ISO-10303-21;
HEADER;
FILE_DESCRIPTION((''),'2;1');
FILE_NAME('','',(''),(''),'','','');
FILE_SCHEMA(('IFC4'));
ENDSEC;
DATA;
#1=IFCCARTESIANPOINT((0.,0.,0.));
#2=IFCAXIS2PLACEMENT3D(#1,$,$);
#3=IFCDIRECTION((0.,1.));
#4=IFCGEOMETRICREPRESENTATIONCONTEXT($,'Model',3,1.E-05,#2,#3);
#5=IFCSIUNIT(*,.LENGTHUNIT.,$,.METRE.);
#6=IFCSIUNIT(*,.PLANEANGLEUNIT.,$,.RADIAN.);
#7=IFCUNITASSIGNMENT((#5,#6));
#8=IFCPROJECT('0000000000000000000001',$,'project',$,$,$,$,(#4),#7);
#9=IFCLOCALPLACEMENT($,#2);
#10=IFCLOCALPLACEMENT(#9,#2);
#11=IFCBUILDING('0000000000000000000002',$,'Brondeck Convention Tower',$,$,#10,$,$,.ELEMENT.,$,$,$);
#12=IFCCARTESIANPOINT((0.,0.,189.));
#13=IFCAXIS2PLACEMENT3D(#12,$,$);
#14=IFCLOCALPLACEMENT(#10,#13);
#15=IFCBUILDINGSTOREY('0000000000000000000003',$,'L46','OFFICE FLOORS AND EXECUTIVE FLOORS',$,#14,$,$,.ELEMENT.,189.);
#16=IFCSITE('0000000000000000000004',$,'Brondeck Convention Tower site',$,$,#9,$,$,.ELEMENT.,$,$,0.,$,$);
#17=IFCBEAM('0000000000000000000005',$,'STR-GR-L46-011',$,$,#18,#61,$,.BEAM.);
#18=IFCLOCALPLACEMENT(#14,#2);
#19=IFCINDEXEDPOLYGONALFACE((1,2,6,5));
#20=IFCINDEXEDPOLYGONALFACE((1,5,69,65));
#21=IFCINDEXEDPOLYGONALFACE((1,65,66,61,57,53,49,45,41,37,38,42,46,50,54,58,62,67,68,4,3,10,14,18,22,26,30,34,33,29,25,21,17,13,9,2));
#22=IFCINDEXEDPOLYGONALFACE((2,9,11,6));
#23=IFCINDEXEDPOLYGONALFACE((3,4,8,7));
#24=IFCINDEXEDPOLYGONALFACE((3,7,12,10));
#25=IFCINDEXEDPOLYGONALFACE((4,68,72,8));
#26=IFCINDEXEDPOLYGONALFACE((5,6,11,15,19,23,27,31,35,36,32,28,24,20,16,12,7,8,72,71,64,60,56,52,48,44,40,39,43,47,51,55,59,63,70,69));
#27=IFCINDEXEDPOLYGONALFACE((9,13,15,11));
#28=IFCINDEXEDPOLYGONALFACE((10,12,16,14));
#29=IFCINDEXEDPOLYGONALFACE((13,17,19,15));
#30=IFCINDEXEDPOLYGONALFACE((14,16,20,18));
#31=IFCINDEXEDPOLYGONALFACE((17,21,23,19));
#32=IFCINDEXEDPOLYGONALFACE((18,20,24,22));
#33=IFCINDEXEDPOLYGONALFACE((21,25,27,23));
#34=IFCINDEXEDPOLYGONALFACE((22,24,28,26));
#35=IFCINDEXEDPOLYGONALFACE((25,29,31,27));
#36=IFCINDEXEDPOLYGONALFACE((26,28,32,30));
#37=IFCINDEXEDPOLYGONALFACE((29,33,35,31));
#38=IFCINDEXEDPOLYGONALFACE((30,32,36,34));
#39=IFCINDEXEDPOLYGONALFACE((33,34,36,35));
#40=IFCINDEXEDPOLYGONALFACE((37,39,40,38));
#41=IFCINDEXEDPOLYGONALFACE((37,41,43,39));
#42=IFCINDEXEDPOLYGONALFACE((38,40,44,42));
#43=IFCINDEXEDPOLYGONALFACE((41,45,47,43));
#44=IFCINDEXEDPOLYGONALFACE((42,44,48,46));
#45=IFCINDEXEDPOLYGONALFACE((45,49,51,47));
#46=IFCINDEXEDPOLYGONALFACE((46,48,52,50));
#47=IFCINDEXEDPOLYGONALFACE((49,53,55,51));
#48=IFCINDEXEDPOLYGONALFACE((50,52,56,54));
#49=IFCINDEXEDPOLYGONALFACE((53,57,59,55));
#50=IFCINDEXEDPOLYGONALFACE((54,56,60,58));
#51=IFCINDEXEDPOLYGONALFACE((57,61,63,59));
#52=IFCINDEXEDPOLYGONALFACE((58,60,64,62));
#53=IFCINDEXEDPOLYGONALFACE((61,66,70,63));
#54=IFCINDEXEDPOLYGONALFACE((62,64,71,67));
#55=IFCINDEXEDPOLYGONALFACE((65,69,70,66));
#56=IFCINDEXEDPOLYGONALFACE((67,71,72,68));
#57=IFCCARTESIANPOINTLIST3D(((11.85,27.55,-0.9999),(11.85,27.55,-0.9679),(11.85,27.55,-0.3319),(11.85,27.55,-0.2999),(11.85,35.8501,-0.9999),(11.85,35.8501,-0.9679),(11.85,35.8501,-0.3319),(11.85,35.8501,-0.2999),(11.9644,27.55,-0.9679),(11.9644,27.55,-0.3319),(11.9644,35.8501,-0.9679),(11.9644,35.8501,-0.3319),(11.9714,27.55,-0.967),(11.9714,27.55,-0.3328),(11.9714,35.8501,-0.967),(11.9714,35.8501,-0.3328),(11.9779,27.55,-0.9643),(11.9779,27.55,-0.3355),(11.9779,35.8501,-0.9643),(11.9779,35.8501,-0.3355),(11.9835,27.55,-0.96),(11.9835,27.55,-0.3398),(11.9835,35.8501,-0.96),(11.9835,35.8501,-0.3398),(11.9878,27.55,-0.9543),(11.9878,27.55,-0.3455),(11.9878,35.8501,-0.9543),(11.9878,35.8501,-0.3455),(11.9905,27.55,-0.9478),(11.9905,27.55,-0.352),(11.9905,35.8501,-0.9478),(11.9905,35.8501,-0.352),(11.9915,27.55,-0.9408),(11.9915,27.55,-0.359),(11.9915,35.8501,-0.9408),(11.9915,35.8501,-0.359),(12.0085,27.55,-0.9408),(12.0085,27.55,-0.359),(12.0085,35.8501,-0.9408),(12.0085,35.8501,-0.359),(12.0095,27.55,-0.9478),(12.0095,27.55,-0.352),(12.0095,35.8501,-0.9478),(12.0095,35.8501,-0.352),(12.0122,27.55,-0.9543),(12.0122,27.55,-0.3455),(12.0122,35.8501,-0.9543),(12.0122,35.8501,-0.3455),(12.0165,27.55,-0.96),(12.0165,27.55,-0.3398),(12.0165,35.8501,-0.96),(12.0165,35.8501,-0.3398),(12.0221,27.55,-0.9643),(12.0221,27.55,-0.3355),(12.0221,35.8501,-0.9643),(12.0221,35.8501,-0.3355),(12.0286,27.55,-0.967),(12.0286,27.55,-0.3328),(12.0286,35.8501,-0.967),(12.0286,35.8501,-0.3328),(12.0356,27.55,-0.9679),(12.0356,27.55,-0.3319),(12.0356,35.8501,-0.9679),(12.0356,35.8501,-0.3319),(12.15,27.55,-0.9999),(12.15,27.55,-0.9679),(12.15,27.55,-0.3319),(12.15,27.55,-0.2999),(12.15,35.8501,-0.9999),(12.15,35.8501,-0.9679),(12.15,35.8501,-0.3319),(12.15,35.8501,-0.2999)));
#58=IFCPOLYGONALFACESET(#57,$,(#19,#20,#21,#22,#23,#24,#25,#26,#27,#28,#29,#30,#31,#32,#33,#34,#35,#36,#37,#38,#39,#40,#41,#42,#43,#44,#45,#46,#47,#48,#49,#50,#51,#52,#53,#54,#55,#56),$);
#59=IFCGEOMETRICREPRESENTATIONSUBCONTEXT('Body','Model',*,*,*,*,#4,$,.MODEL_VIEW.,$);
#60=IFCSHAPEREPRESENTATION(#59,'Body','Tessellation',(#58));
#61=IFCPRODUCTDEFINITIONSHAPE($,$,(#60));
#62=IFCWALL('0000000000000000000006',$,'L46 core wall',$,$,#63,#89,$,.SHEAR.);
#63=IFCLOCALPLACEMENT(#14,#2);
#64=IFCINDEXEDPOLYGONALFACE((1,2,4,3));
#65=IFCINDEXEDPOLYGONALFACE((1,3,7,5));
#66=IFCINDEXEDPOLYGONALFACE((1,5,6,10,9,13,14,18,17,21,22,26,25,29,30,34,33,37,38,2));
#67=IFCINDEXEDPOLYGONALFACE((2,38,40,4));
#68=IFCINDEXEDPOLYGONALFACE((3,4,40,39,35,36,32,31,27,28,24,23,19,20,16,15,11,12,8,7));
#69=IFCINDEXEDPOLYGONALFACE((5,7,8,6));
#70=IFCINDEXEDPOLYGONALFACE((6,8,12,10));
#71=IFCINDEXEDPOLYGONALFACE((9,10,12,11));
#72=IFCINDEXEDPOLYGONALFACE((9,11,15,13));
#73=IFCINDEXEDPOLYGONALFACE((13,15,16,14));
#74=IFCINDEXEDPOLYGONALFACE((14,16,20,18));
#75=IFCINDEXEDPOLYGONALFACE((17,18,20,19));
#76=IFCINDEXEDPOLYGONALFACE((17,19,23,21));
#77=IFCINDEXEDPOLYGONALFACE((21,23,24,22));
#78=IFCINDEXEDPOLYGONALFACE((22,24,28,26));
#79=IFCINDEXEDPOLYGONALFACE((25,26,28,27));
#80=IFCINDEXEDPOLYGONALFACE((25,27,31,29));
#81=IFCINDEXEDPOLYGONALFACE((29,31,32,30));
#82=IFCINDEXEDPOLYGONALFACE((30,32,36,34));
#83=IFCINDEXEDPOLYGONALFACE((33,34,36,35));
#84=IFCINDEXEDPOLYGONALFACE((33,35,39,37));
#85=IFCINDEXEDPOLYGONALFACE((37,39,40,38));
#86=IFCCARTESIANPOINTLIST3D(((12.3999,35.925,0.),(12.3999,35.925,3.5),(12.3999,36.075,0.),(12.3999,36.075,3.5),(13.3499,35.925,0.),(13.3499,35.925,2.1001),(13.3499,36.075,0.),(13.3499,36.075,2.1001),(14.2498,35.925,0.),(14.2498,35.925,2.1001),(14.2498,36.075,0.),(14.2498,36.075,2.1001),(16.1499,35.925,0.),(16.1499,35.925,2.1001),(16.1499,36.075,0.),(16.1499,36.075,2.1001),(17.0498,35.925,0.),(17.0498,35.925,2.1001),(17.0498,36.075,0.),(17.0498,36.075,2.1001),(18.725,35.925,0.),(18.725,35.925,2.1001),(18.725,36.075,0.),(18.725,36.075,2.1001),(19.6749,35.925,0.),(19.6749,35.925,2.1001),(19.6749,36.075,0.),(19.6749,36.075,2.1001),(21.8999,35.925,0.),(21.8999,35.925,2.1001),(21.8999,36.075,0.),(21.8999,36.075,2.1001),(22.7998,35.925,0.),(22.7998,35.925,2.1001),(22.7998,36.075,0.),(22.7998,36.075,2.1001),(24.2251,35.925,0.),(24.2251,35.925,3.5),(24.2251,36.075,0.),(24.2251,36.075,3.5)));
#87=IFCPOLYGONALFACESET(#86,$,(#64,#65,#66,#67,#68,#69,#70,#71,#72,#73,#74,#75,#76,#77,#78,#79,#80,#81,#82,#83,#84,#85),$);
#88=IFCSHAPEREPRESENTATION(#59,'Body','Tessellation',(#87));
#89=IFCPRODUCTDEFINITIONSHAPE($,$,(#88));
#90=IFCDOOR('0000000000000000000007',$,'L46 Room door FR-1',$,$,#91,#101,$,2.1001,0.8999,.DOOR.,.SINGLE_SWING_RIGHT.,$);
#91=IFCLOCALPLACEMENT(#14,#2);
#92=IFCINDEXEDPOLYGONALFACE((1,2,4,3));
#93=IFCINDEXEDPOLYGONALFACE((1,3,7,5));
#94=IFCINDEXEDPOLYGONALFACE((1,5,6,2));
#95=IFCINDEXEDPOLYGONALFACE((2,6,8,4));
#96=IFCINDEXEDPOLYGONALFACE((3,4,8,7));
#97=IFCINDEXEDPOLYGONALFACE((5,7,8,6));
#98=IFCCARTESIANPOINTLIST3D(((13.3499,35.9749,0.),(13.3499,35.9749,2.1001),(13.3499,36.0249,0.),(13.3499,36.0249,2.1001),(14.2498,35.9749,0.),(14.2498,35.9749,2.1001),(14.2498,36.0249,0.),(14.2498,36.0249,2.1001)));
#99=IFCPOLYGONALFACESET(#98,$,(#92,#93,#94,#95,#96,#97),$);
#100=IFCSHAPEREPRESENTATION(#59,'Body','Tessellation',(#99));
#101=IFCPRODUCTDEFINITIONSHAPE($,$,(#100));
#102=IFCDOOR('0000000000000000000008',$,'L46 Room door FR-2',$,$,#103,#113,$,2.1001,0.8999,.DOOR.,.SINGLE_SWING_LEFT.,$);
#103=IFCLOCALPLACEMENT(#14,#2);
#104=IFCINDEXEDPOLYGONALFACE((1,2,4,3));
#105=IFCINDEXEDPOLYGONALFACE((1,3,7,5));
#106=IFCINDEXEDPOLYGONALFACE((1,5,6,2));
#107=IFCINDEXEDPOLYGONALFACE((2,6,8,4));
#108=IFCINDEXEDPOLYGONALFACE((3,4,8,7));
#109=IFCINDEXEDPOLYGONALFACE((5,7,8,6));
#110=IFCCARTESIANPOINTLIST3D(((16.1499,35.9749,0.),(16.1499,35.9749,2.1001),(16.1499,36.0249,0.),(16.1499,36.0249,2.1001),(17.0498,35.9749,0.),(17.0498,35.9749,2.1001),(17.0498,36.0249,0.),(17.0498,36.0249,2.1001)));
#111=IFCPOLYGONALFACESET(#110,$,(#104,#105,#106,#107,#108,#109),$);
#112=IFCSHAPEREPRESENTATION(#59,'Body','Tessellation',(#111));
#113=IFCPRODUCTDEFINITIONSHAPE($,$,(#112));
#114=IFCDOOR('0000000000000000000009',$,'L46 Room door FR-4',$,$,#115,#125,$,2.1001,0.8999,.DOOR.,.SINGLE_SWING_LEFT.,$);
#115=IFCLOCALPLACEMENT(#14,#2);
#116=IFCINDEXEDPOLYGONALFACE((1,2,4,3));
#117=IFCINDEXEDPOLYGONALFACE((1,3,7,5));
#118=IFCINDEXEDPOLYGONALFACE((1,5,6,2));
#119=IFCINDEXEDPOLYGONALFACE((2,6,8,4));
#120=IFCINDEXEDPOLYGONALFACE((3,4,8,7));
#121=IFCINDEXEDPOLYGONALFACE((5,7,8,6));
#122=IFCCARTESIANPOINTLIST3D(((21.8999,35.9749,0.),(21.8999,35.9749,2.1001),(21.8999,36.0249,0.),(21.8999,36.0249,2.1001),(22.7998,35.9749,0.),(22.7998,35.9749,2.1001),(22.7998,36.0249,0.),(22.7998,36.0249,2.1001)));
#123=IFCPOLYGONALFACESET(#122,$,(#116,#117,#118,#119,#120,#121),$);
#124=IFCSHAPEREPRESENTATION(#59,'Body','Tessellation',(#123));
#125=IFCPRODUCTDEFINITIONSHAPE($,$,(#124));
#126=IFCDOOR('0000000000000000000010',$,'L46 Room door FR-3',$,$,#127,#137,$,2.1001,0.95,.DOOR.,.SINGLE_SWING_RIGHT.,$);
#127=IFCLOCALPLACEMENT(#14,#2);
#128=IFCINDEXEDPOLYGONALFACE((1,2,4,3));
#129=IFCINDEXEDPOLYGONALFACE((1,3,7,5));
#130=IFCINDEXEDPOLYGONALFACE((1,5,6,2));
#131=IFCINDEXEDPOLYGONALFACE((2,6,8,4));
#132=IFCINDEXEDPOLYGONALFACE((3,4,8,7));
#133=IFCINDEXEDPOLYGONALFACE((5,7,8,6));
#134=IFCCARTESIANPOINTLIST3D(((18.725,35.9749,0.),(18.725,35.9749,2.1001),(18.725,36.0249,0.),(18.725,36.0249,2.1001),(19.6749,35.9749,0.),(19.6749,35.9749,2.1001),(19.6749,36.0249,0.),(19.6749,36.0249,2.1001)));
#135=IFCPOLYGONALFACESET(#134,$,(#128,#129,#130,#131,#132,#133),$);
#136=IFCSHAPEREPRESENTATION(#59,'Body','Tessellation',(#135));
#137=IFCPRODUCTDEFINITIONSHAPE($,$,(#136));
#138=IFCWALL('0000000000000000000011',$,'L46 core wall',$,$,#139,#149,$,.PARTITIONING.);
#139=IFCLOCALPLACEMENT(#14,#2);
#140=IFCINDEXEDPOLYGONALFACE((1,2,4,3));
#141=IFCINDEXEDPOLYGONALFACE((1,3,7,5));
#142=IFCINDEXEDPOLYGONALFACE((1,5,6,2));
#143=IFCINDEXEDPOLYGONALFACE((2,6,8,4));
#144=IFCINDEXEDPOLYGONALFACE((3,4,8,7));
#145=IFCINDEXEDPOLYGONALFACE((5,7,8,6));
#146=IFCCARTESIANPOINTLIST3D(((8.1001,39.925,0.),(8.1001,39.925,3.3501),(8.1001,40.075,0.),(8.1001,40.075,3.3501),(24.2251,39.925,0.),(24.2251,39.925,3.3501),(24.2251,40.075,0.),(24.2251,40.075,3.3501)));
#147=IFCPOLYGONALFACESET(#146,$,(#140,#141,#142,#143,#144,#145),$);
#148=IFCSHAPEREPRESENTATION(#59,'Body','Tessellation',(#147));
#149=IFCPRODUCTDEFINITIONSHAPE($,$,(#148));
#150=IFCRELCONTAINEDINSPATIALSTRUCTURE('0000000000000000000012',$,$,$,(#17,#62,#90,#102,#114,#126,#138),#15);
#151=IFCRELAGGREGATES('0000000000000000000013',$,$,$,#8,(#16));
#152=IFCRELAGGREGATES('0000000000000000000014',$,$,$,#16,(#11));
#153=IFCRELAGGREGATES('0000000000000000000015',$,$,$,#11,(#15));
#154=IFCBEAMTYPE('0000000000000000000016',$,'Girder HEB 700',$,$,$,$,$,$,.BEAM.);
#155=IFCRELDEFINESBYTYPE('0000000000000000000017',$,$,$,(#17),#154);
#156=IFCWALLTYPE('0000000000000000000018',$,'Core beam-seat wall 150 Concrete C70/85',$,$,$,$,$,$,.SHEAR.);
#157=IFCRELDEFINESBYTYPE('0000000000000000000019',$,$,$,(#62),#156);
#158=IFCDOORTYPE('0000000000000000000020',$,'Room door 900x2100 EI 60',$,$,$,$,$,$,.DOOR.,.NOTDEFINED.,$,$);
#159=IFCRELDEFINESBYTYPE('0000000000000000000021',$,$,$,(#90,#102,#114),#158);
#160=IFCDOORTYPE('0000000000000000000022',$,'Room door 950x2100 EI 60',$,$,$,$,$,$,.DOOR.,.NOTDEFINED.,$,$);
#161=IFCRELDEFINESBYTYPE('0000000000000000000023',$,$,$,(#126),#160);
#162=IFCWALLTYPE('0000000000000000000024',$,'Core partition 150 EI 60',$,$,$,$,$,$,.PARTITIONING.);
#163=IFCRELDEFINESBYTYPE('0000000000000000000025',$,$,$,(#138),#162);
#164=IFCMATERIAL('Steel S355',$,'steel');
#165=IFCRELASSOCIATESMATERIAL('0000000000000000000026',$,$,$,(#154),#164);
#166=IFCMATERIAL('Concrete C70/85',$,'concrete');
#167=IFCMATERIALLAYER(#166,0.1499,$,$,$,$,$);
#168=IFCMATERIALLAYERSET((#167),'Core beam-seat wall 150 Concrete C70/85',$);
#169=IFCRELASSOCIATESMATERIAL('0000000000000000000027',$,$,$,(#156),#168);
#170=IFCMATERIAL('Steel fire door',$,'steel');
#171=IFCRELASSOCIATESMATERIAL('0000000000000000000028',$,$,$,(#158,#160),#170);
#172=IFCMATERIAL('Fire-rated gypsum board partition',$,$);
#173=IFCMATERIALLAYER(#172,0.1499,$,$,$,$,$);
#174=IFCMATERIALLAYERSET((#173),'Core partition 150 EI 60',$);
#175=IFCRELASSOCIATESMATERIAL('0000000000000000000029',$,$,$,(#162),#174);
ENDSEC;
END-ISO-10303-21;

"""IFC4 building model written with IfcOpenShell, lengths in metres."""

from ifc_helpers import new_model, si_unit, direction, frame, frame_2d, origin, origin_2d, place, context, subcontext, project, spatial, rectangle, i_section, extrude, material, layer, layer_set, material_profile, profile_set, type_object, element, fill, save


model = new_model("IFC4")

# Units and contexts
model_context = context("Model", 3, precision=1e-05, world=origin(), true_north=direction((0.0, 1.0)))
body_context = subcontext(model_context, "Body", "Model", "MODEL_VIEW")
ifc_project = project(units=[si_unit("LENGTHUNIT", "METRE"), si_unit("PLANEANGLEUNIT", "RADIAN")], contexts=[model_context])

# Site, building, storey
site_placement = place(None, origin())
site = spatial("IfcSite", under=ifc_project, at=site_placement, Name="Brondeck Convention Tower site", CompositionType="ELEMENT", RefElevation=0.0)
building_placement = place(site_placement, origin())
building = spatial("IfcBuilding", under=site, at=building_placement, Name="Brondeck Convention Tower", CompositionType="ELEMENT")
storey_placement = place(building_placement, frame((0.0, 0.0, 189.0)))
storey = spatial("IfcBuildingStorey", under=building, at=storey_placement, Name="L46", Description="OFFICE FLOORS AND EXECUTIVE FLOORS", CompositionType="ELEMENT", Elevation=189.0)

# Beam
ifc_material_1 = material(Name="Steel S355", Category="steel")
ifc_material_profile = material_profile(ifc_material_1, i_section(OverallWidth=0.3, OverallDepth=0.7, WebThickness=0.0171, FlangeThickness=0.032, FilletRadius=0.0271, at=origin_2d()), Name="HEB 700")
ifc_profile_set = profile_set([ifc_material_profile], Name="Steel S355")
beam_type = type_object("IfcBeamType", Name="Girder HEB 700", PredefinedType="BEAM", material=ifc_profile_set)
beam_placement = place(storey_placement, frame((12.0, 35.8501, -0.6499), z_axis=(0.0, -1.0, 0.0), x_axis=(1.0, 0.0, 0.0)))
element("IfcBeam", 1, at=beam_placement, inside=storey, type_object=beam_type, Name="STR-GR-L46-011", PredefinedType="BEAM", context=body_context, shape_type="SweptSolid", body=[
    extrude(i_section(OverallWidth=0.3, OverallDepth=0.7, WebThickness=0.0171, FlangeThickness=0.032, FilletRadius=0.0271, at=origin_2d()), origin(), (0.0, 0.0, 1.0), 8.3),
])

# Wall, openings, doors
ifc_material_2 = material(Name="Concrete C70/85", Category="concrete")
ifc_layer_1 = layer(ifc_material_2, 0.1499)
ifc_layer_set_1 = layer_set([ifc_layer_1], Name="Core beam-seat wall 150 Concrete C70/85")
wall_type_1 = type_object("IfcWallType", Name="Core beam-seat wall 150 Concrete C70/85", PredefinedType="SHEAR", material=ifc_layer_set_1)
wall_1_placement = place(storey_placement, frame((12.3999, 36.0, 0.0), z_axis=(0.0, 0.0, 1.0), x_axis=(1.0, 0.0, 0.0)))
wall_1 = element("IfcWall", 2, at=wall_1_placement, inside=storey, type_object=wall_type_1, Name="L46 core wall", PredefinedType="SHEAR", context=body_context, shape_type="SweptSolid", body=[
    extrude(rectangle(XDim=11.8252, YDim=0.1499, at=frame_2d((5.9126, 0.0))), origin(), (0.0, 0.0, 1.0), 3.5),
])
opening_1_placement = place(wall_1_placement, frame((0.95, 0.0, 0.0)))
opening_1 = element("IfcOpeningElement", 3, at=opening_1_placement, cuts=wall_1, PredefinedType="OPENING", context=body_context, shape_type="SweptSolid", body=[
    extrude(rectangle(XDim=0.8999, YDim=2.1001, at=frame_2d((0.45, 1.05))), frame((0.0, 0.085, 0.0), z_axis=(0.0, -1.0, 0.0), x_axis=(1.0, 0.0, 0.0)), (0.0, 0.0, 1.0), 0.1699),
])
opening_2_placement = place(wall_1_placement, frame((3.75, 0.0, 0.0)))
opening_2 = element("IfcOpeningElement", 4, at=opening_2_placement, cuts=wall_1, PredefinedType="OPENING", context=body_context, shape_type="SweptSolid", body=[
    extrude(rectangle(XDim=0.8999, YDim=2.1001, at=frame_2d((0.45, 1.05))), frame((0.0, 0.085, 0.0), z_axis=(0.0, -1.0, 0.0), x_axis=(1.0, 0.0, 0.0)), (0.0, 0.0, 1.0), 0.1699),
])
opening_3_placement = place(wall_1_placement, frame((6.325, 0.0, 0.0)))
opening_3 = element("IfcOpeningElement", 5, at=opening_3_placement, cuts=wall_1, PredefinedType="OPENING", context=body_context, shape_type="SweptSolid", body=[
    extrude(rectangle(XDim=0.95, YDim=2.1001, at=frame_2d((0.4751, 1.05))), frame((0.0, 0.085, 0.0), z_axis=(0.0, -1.0, 0.0), x_axis=(1.0, 0.0, 0.0)), (0.0, 0.0, 1.0), 0.1699),
])
opening_4_placement = place(wall_1_placement, frame((9.5, 0.0, 0.0)))
opening_4 = element("IfcOpeningElement", 6, at=opening_4_placement, cuts=wall_1, PredefinedType="OPENING", context=body_context, shape_type="SweptSolid", body=[
    extrude(rectangle(XDim=0.8999, YDim=2.1001, at=frame_2d((0.45, 1.05))), frame((0.0, 0.085, 0.0), z_axis=(0.0, -1.0, 0.0), x_axis=(1.0, 0.0, 0.0)), (0.0, 0.0, 1.0), 0.1699),
])
ifc_material_3 = material(Name="Steel fire door", Category="steel")
door_type_1 = type_object("IfcDoorType", Name="Room door 900x2100 EI 60", OperationType="NOTDEFINED", PredefinedType="DOOR", material=ifc_material_3)
door_1_placement = place(opening_1_placement, origin())
door_1 = element("IfcDoor", 7, at=door_1_placement, inside=storey, type_object=door_type_1, Name="L46 Room door FR-1", OperationType="SINGLE_SWING_RIGHT", OverallHeight=2.1001, OverallWidth=0.8999, PredefinedType="DOOR", context=body_context, shape_type="SweptSolid", body=[
    extrude(rectangle(XDim=0.8999, YDim=2.1001, at=frame_2d((0.45, 1.05))), frame((0.0, 0.0249, 0.0), z_axis=(0.0, -1.0, 0.0), x_axis=(1.0, 0.0, 0.0)), (0.0, 0.0, 1.0), 0.05),
])
fill(opening_1, door_1)
door_2_placement = place(opening_2_placement, origin())
door_2 = element("IfcDoor", 8, at=door_2_placement, inside=storey, type_object=door_type_1, Name="L46 Room door FR-2", OperationType="SINGLE_SWING_LEFT", OverallHeight=2.1001, OverallWidth=0.8999, PredefinedType="DOOR", context=body_context, shape_type="SweptSolid", body=[
    extrude(rectangle(XDim=0.8999, YDim=2.1001, at=frame_2d((0.45, 1.05))), frame((0.0, 0.0249, 0.0), z_axis=(0.0, -1.0, 0.0), x_axis=(1.0, 0.0, 0.0)), (0.0, 0.0, 1.0), 0.05),
])
fill(opening_2, door_2)
door_3_placement = place(opening_4_placement, origin())
door_3 = element("IfcDoor", 9, at=door_3_placement, inside=storey, type_object=door_type_1, Name="L46 Room door FR-4", OperationType="SINGLE_SWING_LEFT", OverallHeight=2.1001, OverallWidth=0.8999, PredefinedType="DOOR", context=body_context, shape_type="SweptSolid", body=[
    extrude(rectangle(XDim=0.8999, YDim=2.1001, at=frame_2d((0.45, 1.05))), frame((0.0, 0.0249, 0.0), z_axis=(0.0, -1.0, 0.0), x_axis=(1.0, 0.0, 0.0)), (0.0, 0.0, 1.0), 0.05),
])
fill(opening_4, door_3)
door_type_2 = type_object("IfcDoorType", Name="Room door 950x2100 EI 60", OperationType="NOTDEFINED", PredefinedType="DOOR", material=ifc_material_3)
door_4_placement = place(opening_3_placement, origin())
door_4 = element("IfcDoor", 10, at=door_4_placement, inside=storey, type_object=door_type_2, Name="L46 Room door FR-3", OperationType="SINGLE_SWING_RIGHT", OverallHeight=2.1001, OverallWidth=0.95, PredefinedType="DOOR", context=body_context, shape_type="SweptSolid", body=[
    extrude(rectangle(XDim=0.95, YDim=2.1001, at=frame_2d((0.4751, 1.05))), frame((0.0, 0.0249, 0.0), z_axis=(0.0, -1.0, 0.0), x_axis=(1.0, 0.0, 0.0)), (0.0, 0.0, 1.0), 0.05),
])
fill(opening_3, door_4)

# Wall
ifc_material_4 = material(Name="Fire-rated gypsum board partition")
ifc_layer_2 = layer(ifc_material_4, 0.1499)
ifc_layer_set_2 = layer_set([ifc_layer_2], Name="Core partition 150 EI 60")
wall_type_2 = type_object("IfcWallType", Name="Core partition 150 EI 60", PredefinedType="PARTITIONING", material=ifc_layer_set_2)
wall_2_placement = place(storey_placement, frame((8.1001, 40.0, 0.0), z_axis=(0.0, 0.0, 1.0), x_axis=(1.0, 0.0, 0.0)))
element("IfcWall", 11, at=wall_2_placement, inside=storey, type_object=wall_type_2, Name="L46 core wall", PredefinedType="PARTITIONING", context=body_context, shape_type="SweptSolid", body=[
    extrude(rectangle(XDim=16.125, YDim=0.1499, at=frame_2d((8.0625, 0.0))), origin(), (0.0, 0.0, 1.0), 3.3501),
])

save(model, "model.ifc")
